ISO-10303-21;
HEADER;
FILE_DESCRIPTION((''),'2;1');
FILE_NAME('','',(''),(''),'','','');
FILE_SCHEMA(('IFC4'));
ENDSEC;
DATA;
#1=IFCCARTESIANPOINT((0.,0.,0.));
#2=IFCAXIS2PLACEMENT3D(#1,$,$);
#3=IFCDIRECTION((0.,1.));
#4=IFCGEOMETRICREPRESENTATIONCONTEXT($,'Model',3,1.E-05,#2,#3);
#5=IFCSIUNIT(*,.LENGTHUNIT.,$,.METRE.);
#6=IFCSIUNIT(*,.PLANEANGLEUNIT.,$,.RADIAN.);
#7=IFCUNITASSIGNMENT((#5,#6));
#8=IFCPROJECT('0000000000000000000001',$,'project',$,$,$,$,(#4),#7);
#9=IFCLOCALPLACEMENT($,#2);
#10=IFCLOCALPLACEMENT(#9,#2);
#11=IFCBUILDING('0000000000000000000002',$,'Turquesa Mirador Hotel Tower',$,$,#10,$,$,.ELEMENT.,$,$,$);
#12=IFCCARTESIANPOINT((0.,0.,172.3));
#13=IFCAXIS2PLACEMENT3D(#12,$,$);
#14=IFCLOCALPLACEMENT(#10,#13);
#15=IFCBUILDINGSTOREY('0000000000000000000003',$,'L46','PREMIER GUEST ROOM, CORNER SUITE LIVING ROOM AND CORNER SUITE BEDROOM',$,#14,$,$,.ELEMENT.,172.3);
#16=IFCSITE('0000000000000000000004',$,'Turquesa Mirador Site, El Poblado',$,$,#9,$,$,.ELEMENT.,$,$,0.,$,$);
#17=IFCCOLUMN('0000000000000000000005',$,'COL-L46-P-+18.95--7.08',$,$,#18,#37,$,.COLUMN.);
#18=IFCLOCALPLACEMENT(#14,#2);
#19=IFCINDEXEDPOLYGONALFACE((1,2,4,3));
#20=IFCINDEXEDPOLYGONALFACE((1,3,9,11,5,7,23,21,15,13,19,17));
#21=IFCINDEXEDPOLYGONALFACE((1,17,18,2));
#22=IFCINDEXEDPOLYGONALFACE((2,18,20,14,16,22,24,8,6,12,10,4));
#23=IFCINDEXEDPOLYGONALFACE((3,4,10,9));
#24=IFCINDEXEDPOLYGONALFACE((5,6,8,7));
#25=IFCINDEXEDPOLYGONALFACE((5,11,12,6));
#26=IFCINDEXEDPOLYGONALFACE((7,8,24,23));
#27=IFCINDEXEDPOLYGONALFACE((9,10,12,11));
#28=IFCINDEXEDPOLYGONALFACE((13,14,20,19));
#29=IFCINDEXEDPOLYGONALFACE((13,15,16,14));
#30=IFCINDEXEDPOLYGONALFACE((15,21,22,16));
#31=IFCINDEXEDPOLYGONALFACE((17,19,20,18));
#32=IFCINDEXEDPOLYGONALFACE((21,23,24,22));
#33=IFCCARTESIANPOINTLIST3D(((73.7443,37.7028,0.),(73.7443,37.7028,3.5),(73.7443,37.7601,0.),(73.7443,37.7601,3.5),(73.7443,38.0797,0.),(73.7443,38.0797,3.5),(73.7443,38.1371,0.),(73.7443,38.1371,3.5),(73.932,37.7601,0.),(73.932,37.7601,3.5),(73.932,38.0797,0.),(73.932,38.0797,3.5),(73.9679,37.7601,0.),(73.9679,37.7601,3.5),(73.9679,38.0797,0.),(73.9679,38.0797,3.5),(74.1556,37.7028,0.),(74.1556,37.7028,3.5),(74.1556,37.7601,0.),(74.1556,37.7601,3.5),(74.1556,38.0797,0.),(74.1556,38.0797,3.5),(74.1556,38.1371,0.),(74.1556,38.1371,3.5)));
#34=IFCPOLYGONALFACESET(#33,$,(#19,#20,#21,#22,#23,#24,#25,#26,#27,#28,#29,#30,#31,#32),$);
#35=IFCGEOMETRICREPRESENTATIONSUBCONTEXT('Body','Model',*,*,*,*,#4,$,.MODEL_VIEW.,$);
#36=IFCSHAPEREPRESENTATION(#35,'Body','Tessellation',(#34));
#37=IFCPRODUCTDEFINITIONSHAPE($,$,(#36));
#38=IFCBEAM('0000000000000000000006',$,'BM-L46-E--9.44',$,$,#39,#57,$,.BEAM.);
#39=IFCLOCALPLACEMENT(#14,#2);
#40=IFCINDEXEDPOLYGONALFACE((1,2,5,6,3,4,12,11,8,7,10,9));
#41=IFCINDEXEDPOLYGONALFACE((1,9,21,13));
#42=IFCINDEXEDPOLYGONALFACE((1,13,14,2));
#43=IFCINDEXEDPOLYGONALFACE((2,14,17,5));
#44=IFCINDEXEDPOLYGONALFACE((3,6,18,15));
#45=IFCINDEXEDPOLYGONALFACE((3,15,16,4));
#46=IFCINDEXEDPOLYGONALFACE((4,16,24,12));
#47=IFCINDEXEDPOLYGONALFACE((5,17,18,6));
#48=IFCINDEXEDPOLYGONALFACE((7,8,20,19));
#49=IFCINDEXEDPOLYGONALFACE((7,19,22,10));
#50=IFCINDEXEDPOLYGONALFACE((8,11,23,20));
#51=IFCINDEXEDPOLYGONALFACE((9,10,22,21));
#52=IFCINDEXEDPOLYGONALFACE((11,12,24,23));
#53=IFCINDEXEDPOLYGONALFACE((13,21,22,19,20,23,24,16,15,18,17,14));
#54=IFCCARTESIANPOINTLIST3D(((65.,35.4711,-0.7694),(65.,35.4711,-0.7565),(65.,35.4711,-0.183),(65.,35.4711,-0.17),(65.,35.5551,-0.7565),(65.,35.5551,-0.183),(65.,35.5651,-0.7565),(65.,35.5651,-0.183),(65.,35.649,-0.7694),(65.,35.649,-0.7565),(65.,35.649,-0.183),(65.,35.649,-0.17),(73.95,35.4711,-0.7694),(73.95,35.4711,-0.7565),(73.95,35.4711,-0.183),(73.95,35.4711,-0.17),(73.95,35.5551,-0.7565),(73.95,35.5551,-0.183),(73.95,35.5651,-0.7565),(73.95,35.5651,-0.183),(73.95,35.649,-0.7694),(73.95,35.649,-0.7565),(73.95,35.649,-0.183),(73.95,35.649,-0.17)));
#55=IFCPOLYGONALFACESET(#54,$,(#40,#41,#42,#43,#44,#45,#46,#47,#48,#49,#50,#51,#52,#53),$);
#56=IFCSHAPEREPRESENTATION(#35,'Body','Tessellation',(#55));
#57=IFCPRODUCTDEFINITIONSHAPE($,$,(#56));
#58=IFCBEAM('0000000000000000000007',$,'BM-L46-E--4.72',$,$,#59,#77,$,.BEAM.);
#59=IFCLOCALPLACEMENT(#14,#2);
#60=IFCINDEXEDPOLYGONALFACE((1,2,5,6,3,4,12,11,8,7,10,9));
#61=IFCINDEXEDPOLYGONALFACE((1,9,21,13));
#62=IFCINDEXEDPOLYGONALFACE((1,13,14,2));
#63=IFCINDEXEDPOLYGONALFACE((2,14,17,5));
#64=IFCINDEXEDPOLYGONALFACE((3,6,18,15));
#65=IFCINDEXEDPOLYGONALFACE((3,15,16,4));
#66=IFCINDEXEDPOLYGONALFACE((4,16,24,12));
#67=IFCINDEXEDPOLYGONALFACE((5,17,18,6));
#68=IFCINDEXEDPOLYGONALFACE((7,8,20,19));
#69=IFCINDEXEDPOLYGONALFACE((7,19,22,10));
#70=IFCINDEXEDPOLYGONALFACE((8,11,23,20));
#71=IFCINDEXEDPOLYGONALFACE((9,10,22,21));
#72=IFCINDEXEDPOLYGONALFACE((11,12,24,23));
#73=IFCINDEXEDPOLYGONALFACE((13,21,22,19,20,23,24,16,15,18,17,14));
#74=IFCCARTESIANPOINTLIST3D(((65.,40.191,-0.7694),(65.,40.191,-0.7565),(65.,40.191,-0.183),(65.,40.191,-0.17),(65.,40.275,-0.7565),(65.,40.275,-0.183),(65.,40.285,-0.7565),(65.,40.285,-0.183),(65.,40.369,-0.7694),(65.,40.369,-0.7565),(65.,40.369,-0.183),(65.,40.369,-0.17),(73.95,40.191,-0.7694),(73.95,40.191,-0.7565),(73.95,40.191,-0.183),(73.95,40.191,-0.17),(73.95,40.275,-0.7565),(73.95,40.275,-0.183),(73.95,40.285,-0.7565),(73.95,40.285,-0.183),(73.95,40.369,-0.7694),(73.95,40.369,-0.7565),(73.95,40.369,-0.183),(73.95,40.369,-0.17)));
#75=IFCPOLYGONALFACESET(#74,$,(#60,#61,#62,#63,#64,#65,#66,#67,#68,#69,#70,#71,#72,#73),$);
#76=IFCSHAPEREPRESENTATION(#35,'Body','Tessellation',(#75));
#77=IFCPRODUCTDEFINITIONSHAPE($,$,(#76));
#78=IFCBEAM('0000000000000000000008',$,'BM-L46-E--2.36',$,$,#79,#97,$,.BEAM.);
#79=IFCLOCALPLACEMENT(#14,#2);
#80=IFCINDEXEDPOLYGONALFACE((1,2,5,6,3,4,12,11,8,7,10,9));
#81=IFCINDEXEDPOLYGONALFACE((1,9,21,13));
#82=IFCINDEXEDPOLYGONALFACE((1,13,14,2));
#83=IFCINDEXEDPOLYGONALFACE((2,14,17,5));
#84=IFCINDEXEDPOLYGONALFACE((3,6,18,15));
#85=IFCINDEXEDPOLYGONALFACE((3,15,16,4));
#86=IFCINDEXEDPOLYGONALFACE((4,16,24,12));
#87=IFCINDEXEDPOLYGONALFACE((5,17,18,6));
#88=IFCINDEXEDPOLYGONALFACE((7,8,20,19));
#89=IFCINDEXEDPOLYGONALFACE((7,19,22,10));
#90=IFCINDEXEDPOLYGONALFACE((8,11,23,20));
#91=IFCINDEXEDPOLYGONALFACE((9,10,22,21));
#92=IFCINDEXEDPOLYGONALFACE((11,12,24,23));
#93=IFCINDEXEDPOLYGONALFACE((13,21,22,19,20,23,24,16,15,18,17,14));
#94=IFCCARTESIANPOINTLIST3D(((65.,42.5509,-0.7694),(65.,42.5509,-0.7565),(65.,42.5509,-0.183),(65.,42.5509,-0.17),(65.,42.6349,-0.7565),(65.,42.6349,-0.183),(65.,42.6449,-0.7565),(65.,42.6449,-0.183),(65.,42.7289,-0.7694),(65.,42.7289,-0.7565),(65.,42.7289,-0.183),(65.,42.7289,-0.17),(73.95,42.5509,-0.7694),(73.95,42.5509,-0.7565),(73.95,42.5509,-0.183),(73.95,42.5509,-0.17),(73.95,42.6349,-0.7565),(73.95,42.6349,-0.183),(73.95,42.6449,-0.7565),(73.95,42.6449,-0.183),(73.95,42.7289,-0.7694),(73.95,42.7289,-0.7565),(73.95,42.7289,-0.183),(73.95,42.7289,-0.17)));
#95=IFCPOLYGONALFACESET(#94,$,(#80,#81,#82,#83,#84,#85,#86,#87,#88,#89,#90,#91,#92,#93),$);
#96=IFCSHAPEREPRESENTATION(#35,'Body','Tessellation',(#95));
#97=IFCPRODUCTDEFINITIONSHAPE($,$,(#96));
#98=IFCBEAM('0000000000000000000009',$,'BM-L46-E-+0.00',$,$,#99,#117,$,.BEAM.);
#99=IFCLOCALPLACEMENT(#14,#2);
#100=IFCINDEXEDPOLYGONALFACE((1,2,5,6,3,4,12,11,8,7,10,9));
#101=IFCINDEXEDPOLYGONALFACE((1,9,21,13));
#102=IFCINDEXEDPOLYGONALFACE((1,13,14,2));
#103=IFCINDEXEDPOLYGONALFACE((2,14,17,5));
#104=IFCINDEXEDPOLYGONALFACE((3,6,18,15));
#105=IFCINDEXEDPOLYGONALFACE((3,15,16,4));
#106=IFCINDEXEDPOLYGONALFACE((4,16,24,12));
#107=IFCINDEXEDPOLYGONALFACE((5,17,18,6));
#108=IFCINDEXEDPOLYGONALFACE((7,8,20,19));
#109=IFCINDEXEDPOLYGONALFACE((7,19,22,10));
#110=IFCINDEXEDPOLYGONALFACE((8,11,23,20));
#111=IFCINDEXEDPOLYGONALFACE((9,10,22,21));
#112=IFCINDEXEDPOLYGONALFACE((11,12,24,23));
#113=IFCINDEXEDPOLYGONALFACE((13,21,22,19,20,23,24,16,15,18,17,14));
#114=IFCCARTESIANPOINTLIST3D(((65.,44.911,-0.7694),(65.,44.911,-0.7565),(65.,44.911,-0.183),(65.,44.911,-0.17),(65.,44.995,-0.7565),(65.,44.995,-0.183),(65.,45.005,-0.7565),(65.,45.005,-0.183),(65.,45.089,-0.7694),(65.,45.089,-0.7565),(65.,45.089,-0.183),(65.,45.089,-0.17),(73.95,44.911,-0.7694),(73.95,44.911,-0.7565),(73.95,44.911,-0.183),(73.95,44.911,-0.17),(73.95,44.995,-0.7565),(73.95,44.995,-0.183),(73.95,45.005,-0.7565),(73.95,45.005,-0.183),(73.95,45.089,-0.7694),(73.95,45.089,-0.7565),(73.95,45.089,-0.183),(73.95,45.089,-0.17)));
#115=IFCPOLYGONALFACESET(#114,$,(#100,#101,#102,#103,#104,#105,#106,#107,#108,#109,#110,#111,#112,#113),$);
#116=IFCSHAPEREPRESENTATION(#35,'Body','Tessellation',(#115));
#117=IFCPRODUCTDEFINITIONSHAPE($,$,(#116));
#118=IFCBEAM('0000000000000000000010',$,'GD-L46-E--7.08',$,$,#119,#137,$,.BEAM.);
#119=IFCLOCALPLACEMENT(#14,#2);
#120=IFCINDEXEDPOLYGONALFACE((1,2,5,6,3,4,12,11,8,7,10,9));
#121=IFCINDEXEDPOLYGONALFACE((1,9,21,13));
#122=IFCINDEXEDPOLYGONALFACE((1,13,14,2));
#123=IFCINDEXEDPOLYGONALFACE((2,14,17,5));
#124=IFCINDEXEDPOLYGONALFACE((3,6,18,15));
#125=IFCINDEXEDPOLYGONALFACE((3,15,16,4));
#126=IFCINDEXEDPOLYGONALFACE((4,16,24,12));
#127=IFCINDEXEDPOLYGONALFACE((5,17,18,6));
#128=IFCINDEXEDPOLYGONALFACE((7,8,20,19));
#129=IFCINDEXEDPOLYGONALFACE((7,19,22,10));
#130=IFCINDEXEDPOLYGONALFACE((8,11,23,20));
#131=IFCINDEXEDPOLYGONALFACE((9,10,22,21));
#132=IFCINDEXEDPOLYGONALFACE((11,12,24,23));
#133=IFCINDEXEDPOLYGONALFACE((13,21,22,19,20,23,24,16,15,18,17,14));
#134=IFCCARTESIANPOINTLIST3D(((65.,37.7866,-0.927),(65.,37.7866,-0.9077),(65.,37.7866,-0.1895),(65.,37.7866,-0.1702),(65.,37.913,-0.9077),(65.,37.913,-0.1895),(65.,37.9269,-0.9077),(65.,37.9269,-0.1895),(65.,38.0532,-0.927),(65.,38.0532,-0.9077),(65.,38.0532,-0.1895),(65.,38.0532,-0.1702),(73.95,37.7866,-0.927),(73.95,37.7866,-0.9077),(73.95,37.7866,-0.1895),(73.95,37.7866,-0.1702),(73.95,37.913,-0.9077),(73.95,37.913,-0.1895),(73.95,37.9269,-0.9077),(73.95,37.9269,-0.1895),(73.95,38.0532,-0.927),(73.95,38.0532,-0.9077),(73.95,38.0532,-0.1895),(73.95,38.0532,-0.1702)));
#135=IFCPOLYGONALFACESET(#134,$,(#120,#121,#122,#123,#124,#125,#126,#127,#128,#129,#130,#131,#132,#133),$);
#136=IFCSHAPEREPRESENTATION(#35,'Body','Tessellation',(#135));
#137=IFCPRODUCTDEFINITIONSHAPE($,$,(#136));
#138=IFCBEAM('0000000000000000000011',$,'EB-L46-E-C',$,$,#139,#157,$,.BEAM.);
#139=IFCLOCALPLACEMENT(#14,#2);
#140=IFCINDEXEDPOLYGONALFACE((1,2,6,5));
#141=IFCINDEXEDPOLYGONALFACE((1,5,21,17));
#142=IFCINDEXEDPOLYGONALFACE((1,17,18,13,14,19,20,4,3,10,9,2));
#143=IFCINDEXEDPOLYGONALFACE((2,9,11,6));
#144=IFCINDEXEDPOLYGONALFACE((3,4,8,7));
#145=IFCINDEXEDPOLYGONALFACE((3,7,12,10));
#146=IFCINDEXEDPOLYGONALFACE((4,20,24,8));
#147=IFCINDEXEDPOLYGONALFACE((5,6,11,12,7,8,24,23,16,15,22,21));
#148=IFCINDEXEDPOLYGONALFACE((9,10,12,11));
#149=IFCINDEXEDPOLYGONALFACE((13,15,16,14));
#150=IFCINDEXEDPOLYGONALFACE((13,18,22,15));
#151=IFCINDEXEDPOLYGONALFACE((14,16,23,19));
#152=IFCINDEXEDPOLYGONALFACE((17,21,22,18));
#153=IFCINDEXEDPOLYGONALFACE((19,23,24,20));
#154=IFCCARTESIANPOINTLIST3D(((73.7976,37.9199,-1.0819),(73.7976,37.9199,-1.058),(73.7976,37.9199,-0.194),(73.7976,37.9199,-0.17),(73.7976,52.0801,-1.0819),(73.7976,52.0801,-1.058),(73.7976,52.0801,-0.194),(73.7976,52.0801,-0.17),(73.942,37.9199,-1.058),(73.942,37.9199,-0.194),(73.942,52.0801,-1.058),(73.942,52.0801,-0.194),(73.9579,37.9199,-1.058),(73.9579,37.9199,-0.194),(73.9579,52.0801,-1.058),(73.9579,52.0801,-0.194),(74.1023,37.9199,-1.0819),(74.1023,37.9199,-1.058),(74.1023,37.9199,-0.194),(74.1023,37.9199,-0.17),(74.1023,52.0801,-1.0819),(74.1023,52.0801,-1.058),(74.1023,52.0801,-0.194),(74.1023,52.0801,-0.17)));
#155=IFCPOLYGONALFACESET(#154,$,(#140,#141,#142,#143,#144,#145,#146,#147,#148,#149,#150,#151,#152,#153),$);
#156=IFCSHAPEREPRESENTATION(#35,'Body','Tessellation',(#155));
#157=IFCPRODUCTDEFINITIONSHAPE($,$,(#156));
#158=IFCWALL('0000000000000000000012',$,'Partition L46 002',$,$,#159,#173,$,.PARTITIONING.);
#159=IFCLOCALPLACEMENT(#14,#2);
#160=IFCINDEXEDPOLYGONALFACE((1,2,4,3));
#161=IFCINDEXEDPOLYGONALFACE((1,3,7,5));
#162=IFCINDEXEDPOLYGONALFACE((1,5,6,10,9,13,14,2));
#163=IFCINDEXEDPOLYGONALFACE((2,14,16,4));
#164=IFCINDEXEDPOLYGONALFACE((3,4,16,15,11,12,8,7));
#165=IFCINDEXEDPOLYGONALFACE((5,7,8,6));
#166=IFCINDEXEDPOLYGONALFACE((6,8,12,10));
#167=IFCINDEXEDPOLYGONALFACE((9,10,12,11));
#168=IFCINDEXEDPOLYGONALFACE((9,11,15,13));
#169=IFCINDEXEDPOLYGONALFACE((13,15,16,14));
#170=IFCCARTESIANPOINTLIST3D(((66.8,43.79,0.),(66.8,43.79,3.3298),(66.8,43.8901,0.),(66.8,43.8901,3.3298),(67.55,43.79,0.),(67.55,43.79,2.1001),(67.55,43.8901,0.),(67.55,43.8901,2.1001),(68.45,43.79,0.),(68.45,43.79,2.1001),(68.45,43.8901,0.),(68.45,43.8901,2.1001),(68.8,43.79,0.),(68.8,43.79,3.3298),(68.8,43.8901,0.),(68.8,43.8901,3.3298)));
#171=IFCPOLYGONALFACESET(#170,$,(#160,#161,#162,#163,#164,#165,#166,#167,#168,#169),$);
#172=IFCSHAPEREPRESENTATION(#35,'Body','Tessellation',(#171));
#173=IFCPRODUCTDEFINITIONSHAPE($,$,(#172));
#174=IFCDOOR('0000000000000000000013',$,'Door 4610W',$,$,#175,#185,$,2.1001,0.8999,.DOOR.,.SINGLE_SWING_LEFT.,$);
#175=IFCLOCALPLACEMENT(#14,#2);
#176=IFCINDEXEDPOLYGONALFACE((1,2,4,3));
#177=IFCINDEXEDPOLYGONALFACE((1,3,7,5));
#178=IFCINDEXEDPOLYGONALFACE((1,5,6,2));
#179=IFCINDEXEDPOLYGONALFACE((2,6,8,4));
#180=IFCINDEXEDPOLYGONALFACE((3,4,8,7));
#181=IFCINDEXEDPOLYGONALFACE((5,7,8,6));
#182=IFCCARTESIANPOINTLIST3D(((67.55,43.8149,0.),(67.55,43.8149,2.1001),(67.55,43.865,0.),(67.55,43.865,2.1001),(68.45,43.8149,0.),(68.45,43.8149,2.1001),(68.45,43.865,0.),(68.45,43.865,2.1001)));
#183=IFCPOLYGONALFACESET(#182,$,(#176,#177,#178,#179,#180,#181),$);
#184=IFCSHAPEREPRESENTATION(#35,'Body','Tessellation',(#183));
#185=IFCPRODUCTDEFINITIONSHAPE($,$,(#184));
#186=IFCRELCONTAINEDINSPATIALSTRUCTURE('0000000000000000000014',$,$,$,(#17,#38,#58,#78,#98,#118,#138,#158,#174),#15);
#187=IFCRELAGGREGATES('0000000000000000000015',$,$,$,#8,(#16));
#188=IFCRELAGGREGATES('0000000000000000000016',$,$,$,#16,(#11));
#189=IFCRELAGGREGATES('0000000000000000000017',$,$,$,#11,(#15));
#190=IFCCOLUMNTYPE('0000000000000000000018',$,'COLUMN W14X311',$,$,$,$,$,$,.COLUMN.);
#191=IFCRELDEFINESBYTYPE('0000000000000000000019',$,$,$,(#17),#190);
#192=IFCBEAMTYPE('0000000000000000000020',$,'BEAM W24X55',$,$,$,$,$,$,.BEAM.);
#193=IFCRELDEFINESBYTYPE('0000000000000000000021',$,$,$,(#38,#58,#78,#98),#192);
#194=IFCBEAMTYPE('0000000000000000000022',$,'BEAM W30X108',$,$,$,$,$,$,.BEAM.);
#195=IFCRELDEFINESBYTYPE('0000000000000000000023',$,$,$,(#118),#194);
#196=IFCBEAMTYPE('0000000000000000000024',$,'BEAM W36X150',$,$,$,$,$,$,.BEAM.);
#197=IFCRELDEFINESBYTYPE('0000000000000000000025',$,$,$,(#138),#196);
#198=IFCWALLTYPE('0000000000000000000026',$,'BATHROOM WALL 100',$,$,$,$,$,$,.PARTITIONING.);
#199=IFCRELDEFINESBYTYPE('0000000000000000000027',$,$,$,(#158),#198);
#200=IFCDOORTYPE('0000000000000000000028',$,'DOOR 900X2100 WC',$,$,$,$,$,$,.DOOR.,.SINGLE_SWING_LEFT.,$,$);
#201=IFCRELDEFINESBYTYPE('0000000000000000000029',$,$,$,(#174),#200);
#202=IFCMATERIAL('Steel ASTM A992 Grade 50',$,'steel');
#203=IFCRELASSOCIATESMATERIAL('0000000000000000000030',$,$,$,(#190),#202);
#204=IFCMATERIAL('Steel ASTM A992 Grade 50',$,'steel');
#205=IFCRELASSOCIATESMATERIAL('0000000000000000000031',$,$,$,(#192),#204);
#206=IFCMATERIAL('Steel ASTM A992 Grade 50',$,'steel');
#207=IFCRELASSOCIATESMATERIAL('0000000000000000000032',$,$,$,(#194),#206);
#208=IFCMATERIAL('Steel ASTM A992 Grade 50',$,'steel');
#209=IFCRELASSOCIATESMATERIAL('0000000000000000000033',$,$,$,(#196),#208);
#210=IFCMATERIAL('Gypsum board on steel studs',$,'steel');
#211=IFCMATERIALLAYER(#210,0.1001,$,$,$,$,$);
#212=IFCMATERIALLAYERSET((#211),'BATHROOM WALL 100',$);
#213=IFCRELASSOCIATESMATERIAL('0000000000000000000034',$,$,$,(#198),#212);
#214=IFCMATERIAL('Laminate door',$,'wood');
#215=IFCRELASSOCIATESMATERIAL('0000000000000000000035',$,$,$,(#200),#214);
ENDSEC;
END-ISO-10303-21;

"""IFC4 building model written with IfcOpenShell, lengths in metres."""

from ifc_helpers import new_model, si_unit, direction, frame, frame_2d, origin, origin_2d, place, context, subcontext, project, spatial, rectangle, i_section, extrude, material, layer, layer_set, material_profile, profile_set, type_object, element, fill, save


model = new_model("IFC4")

# Units and contexts
model_context = context("Model", 3, precision=1e-05, world=origin(), true_north=direction((0.0, 1.0)))
body_context = subcontext(model_context, "Body", "Model", "MODEL_VIEW")
ifc_project = project(units=[si_unit("LENGTHUNIT", "METRE"), si_unit("PLANEANGLEUNIT", "RADIAN")], contexts=[model_context])

# Site, building, storey
site_placement = place(None, origin())
site = spatial("IfcSite", under=ifc_project, at=site_placement, Name="Turquesa Mirador Site, El Poblado", CompositionType="ELEMENT", RefElevation=0.0)
building_placement = place(site_placement, origin())
building = spatial("IfcBuilding", under=site, at=building_placement, Name="Turquesa Mirador Hotel Tower", CompositionType="ELEMENT")
storey_placement = place(building_placement, frame((0.0, 0.0, 172.3)))
storey = spatial("IfcBuildingStorey", under=building, at=storey_placement, Name="L46", Description="PREMIER GUEST ROOM, CORNER SUITE LIVING ROOM AND CORNER SUITE BEDROOM", CompositionType="ELEMENT", Elevation=172.3)

# Column
ifc_material_1 = material(Name="Steel ASTM A992 Grade 50", Category="steel")
ifc_material_profile_1 = material_profile(ifc_material_1, i_section(OverallWidth=0.4114, OverallDepth=0.4343, WebThickness=0.0359, FlangeThickness=0.0574, at=origin_2d()), Name="W14X311")
ifc_profile_set_1 = profile_set([ifc_material_profile_1], Name="Steel ASTM A992 Grade 50")
column_type = type_object("IfcColumnType", Name="COLUMN W14X311", PredefinedType="COLUMN", material=ifc_profile_set_1)
column_placement = place(storey_placement, frame((73.95, 37.9199, 0.0), z_axis=(0.0, 0.0, 1.0), x_axis=(1.0, 0.0, 0.0)))
element("IfcColumn", 1, at=column_placement, inside=storey, type_object=column_type, Name="COL-L46-P-+18.95--7.08", PredefinedType="COLUMN", context=body_context, shape_type="SweptSolid", body=[
    extrude(i_section(OverallWidth=0.4114, OverallDepth=0.4343, WebThickness=0.0359, FlangeThickness=0.0574, at=origin_2d()), origin(), (0.0, 0.0, 1.0), 3.5),
])

# Beams
ifc_material_2 = material(Name="Steel ASTM A992 Grade 50", Category="steel")
ifc_material_profile_2 = material_profile(ifc_material_2, i_section(OverallWidth=0.178, OverallDepth=0.5994, WebThickness=0.01, FlangeThickness=0.0129, at=origin_2d()), Name="W24X55")
ifc_profile_set_2 = profile_set([ifc_material_profile_2], Name="Steel ASTM A992 Grade 50")
beam_type_1 = type_object("IfcBeamType", Name="BEAM W24X55", PredefinedType="BEAM", material=ifc_profile_set_2)
for number, where, z_axis, x_axis, name in (
    (2, (73.95, 35.5601, -0.4697), (-1.0, 0.0, 0.0), (0.0, -1.0, 0.0), "BM-L46-E--9.44"),
    (3, (73.95, 40.28, -0.4697), (-1.0, 0.0, 0.0), (0.0, -1.0, 0.0), "BM-L46-E--4.72"),
    (4, (73.95, 42.6399, -0.4697), (-1.0, 0.0, 0.0), (0.0, -1.0, 0.0), "BM-L46-E--2.36"),
    (5, (73.95, 45.0, -0.4697), (-1.0, 0.0, 0.0), (0.0, -1.0, 0.0), "BM-L46-E-+0.00"),
):
    element("IfcBeam", number, at=place(storey_placement, frame(where, z_axis=z_axis, x_axis=x_axis)), inside=storey, type_object=beam_type_1, Name=name, PredefinedType="BEAM", context=body_context, shape_type="SweptSolid", body=[
        extrude(i_section(OverallWidth=0.178, OverallDepth=0.5994, WebThickness=0.01, FlangeThickness=0.0129, at=origin_2d()), origin(), (0.0, 0.0, 1.0), 8.95),
    ])
ifc_material_3 = material(Name="Steel ASTM A992 Grade 50", Category="steel")
ifc_material_profile_3 = material_profile(ifc_material_3, i_section(OverallWidth=0.2666, OverallDepth=0.7568, WebThickness=0.0139, FlangeThickness=0.0193, at=origin_2d()), Name="W30X108")
ifc_profile_set_3 = profile_set([ifc_material_profile_3], Name="Steel ASTM A992 Grade 50")
beam_type_2 = type_object("IfcBeamType", Name="BEAM W30X108", PredefinedType="BEAM", material=ifc_profile_set_3)
beam_1_placement = place(storey_placement, frame((73.95, 37.9199, -0.5486), z_axis=(-1.0, 0.0, 0.0), x_axis=(0.0, -1.0, 0.0)))
element("IfcBeam", 6, at=beam_1_placement, inside=storey, type_object=beam_type_2, Name="GD-L46-E--7.08", PredefinedType="BEAM", context=body_context, shape_type="SweptSolid", body=[
    extrude(i_section(OverallWidth=0.2666, OverallDepth=0.7568, WebThickness=0.0139, FlangeThickness=0.0193, at=origin_2d()), origin(), (0.0, 0.0, 1.0), 8.95),
])
ifc_material_4 = material(Name="Steel ASTM A992 Grade 50", Category="steel")
ifc_material_profile_4 = material_profile(ifc_material_4, i_section(OverallWidth=0.3047, OverallDepth=0.9119, WebThickness=0.0159, FlangeThickness=0.0239, at=origin_2d()), Name="W36X150")
ifc_profile_set_4 = profile_set([ifc_material_profile_4], Name="Steel ASTM A992 Grade 50")
beam_type_3 = type_object("IfcBeamType", Name="BEAM W36X150", PredefinedType="BEAM", material=ifc_profile_set_4)
beam_2_placement = place(storey_placement, frame((73.95, 37.9199, -0.626), z_axis=(0.0, 1.0, 0.0), x_axis=(-1.0, 0.0, 0.0)))
element("IfcBeam", 7, at=beam_2_placement, inside=storey, type_object=beam_type_3, Name="EB-L46-E-C", PredefinedType="BEAM", context=body_context, shape_type="SweptSolid", body=[
    extrude(i_section(OverallWidth=0.3047, OverallDepth=0.9119, WebThickness=0.0159, FlangeThickness=0.0239, at=origin_2d()), origin(), (0.0, 0.0, 1.0), 14.1602),
])

# Wall, opening, door
ifc_material_5 = material(Name="Gypsum board on steel studs", Category="steel")
ifc_layer_1 = layer(ifc_material_5, 0.1001)
ifc_layer_set_1 = layer_set([ifc_layer_1], Name="BATHROOM WALL 100")
wall_type_1 = type_object("IfcWallType", Name="BATHROOM WALL 100", PredefinedType="PARTITIONING", material=ifc_layer_set_1)
wall_1_placement = place(storey_placement, frame((66.8, 43.8401, 0.0), z_axis=(0.0, 0.0, 1.0), x_axis=(1.0, 0.0, 0.0)))
wall_1 = element("IfcWall", 8, at=wall_1_placement, inside=storey, type_object=wall_type_1, Name="Partition L46 002", PredefinedType="PARTITIONING", context=body_context, shape_type="SweptSolid", body=[
    extrude(rectangle(XDim=2.0, YDim=0.1001, at=frame_2d((1.0, 0.0))), origin(), (0.0, 0.0, 1.0), 3.3298),
])
opening_1_placement = place(wall_1_placement, frame((0.75, 0.0, 0.0)))
opening_1 = element("IfcOpeningElement", 9, at=opening_1_placement, cuts=wall_1, PredefinedType="OPENING", context=body_context, shape_type="SweptSolid", body=[
    extrude(rectangle(XDim=0.8999, YDim=2.1001, at=frame_2d((0.45, 1.05))), frame((0.0, 0.0601, 0.0), z_axis=(0.0, -1.0, 0.0), x_axis=(1.0, 0.0, 0.0)), (0.0, 0.0, 1.0), 0.1201),
])
ifc_material_6 = material(Name="Laminate door", Category="wood")
door_type_1 = type_object("IfcDoorType", Name="DOOR 900X2100 WC", OperationType="SINGLE_SWING_LEFT", PredefinedType="DOOR", material=ifc_material_6)
door_1_placement = place(opening_1_placement, origin())
door_1 = element("IfcDoor", 10, at=door_1_placement, inside=storey, type_object=door_type_1, Name="Door 4610W", OperationType="SINGLE_SWING_LEFT", OverallHeight=2.1001, OverallWidth=0.8999, PredefinedType="DOOR", context=body_context, shape_type="SweptSolid", body=[
    extrude(rectangle(XDim=0.8999, YDim=2.1001, at=frame_2d((0.45, 1.05))), frame((0.0, 0.0249, 0.0), z_axis=(0.0, -1.0, 0.0), x_axis=(1.0, 0.0, 0.0)), (0.0, 0.0, 1.0), 0.05),
])
fill(opening_1, door_1)

save(model, "model.ifc")
